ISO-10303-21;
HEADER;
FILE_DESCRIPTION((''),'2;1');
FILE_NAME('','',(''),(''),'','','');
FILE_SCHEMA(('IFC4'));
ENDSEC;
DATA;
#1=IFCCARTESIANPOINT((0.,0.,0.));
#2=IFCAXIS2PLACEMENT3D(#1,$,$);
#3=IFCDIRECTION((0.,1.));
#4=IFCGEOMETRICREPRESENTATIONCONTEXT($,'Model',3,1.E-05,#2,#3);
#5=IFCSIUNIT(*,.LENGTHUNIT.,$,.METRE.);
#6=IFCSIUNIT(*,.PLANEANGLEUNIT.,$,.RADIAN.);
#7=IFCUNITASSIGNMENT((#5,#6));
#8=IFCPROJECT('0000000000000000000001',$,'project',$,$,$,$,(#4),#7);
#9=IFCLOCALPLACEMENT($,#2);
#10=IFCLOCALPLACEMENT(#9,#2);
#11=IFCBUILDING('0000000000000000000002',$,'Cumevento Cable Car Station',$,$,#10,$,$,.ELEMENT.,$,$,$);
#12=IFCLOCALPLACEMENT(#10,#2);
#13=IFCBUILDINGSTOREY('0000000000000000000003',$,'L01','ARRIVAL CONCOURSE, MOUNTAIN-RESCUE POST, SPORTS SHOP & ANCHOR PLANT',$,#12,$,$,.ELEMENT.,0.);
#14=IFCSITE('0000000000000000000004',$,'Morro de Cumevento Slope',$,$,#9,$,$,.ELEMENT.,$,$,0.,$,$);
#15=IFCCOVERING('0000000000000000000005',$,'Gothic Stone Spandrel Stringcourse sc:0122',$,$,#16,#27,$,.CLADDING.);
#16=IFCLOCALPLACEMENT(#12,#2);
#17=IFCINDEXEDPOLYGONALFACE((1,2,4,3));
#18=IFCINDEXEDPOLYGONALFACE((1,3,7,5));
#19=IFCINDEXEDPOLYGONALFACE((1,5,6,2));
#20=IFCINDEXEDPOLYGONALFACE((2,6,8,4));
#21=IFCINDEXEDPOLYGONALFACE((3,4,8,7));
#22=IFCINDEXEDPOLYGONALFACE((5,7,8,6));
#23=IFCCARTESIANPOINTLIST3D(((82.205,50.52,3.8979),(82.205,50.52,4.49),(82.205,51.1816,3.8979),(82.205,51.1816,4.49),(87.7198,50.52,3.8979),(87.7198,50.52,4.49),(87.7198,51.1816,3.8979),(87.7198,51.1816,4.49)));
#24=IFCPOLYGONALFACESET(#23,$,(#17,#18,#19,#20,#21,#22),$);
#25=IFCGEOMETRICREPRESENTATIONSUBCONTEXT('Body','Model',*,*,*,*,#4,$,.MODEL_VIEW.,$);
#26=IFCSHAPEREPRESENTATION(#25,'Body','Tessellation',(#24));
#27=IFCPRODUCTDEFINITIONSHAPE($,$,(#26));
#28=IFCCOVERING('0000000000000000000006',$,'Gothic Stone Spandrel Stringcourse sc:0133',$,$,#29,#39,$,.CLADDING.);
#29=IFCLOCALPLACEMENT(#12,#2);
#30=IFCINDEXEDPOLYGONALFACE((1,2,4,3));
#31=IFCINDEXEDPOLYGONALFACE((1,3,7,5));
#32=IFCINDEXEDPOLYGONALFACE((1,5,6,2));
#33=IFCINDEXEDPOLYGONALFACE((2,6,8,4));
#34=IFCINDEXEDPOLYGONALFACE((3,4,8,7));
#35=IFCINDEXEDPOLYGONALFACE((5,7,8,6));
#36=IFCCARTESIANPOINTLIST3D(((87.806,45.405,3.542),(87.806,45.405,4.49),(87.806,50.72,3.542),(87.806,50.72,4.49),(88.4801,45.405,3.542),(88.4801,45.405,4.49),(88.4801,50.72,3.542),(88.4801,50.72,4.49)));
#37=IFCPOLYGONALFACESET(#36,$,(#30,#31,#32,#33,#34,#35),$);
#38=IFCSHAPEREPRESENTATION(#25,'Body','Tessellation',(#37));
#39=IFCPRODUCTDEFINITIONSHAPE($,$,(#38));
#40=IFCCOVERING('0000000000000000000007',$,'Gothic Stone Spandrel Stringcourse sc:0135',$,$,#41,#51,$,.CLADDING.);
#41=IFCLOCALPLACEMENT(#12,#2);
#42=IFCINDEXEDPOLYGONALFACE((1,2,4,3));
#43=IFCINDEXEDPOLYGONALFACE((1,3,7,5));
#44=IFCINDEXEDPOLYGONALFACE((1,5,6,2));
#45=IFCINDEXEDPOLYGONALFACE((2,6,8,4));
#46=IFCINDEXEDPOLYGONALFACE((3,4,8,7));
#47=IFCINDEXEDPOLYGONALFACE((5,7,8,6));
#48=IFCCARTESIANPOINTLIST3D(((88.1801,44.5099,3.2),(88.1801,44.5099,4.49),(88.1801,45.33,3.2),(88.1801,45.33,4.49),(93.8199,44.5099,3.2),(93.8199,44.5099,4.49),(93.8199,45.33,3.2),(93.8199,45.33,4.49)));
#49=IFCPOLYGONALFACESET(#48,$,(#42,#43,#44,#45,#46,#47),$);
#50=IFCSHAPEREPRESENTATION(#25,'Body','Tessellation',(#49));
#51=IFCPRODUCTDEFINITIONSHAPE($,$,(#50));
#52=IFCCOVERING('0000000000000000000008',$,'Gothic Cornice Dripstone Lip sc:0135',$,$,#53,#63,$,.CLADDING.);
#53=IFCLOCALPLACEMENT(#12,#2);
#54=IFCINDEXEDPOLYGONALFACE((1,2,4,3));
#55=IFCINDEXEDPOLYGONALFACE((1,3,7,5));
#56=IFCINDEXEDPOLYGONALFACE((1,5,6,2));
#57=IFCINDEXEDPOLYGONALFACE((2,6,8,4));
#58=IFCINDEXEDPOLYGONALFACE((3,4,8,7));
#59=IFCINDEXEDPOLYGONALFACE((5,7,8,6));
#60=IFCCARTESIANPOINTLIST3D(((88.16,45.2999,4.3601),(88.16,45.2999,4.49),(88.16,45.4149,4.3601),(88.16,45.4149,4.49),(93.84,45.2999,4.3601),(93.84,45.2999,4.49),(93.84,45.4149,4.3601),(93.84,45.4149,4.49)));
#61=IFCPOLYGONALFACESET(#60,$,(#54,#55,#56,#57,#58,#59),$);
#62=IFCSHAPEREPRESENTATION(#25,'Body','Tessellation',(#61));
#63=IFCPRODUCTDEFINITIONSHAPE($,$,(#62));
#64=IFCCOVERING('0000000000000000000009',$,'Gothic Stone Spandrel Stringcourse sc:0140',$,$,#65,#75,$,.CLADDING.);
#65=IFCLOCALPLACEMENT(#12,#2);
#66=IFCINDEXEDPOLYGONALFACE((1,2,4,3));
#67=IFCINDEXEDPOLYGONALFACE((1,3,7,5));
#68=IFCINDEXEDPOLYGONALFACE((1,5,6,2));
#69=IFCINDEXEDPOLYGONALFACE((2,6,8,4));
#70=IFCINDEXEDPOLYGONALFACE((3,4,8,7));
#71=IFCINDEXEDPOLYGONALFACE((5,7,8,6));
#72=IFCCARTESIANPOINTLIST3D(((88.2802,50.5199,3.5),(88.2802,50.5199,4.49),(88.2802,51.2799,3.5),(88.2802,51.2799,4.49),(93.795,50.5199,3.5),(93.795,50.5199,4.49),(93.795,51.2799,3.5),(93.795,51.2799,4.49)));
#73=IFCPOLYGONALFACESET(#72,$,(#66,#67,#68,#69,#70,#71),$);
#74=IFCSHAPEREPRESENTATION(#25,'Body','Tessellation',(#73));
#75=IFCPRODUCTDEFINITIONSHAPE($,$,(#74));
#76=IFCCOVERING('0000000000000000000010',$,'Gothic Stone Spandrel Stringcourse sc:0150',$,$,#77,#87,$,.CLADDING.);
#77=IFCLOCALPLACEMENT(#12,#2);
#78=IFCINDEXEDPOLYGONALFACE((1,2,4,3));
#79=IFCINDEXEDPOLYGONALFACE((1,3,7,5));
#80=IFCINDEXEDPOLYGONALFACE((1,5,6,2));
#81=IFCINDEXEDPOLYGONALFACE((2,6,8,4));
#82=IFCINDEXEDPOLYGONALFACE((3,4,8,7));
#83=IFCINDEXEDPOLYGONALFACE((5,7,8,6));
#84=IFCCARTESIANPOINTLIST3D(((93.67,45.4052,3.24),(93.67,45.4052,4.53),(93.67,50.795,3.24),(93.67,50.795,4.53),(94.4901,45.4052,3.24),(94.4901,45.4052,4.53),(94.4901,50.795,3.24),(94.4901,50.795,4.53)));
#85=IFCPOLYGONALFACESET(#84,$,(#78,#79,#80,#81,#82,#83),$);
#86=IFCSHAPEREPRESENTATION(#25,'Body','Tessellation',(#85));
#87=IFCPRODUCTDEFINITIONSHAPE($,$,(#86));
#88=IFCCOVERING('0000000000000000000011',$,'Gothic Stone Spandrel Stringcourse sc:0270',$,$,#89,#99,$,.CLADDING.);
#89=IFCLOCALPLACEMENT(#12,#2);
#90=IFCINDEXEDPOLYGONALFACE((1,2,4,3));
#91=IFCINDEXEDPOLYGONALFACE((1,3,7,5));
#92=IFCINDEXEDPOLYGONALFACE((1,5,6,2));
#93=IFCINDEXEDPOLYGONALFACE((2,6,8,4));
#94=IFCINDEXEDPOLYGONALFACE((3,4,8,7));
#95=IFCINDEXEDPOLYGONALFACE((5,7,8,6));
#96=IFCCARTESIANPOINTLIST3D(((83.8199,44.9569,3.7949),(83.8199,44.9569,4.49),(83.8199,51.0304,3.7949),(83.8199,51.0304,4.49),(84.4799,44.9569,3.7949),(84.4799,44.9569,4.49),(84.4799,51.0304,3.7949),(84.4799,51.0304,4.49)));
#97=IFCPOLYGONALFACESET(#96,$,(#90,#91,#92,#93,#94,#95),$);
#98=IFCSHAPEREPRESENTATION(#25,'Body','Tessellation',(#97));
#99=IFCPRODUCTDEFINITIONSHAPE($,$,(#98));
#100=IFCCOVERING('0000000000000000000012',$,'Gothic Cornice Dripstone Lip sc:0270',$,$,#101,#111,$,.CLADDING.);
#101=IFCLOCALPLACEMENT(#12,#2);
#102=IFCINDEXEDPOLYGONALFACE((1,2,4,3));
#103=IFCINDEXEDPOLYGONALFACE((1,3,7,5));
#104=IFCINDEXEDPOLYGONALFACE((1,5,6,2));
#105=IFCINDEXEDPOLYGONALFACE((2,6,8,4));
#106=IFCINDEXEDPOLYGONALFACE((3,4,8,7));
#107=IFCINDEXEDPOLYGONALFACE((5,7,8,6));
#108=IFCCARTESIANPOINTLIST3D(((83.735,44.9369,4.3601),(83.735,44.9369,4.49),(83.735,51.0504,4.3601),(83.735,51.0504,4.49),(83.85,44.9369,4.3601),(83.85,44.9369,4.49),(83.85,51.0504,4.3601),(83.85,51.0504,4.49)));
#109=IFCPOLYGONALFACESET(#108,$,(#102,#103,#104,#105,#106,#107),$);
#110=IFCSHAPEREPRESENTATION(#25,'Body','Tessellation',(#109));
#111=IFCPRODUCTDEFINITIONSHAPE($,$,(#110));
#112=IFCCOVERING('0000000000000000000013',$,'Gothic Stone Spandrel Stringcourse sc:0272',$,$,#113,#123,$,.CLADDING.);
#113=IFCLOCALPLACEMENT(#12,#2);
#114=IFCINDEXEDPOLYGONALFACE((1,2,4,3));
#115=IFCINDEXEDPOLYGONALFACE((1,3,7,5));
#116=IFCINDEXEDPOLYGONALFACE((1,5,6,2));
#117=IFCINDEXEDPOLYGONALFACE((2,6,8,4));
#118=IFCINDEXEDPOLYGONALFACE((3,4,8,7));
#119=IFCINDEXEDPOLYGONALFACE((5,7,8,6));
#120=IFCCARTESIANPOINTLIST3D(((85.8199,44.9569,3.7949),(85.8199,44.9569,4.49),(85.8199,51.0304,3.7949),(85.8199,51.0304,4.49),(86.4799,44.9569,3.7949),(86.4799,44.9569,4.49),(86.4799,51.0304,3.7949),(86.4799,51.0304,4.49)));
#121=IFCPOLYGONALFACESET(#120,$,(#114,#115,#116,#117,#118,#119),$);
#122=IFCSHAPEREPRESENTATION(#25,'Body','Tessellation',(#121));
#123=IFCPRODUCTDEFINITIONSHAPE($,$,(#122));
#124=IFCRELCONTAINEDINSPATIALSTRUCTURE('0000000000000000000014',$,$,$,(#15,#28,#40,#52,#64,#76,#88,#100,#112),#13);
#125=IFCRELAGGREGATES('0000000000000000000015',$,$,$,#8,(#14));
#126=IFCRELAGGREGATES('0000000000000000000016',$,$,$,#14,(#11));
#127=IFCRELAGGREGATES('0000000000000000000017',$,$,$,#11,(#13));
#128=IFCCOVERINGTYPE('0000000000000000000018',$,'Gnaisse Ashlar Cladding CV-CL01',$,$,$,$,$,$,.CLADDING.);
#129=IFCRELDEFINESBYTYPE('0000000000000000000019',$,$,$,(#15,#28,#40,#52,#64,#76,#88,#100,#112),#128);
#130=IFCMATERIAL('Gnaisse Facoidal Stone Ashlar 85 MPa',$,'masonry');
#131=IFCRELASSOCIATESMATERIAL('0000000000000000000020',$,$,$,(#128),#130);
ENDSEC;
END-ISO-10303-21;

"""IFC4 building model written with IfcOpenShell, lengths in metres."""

from ifc_helpers import new_model, si_unit, direction, frame, origin, origin_2d, place, context, subcontext, project, spatial, rectangle, extrude, material, type_object, element, save


model = new_model("IFC4")

# Units and contexts
model_context = context("Model", 3, precision=1e-05, world=origin(), true_north=direction((0.0, 1.0)))
body_context = subcontext(model_context, "Body", "Model", "MODEL_VIEW")
ifc_project = project(units=[si_unit("LENGTHUNIT", "METRE"), si_unit("PLANEANGLEUNIT", "RADIAN")], contexts=[model_context])

# Site, building, storey
site_placement = place(None, origin())
site = spatial("IfcSite", under=ifc_project, at=site_placement, Name="Morro de Cumevento Slope", CompositionType="ELEMENT", RefElevation=0.0)
building_placement = place(site_placement, origin())
building = spatial("IfcBuilding", under=site, at=building_placement, Name="Cumevento Cable Car Station", CompositionType="ELEMENT")
storey_placement = place(building_placement, origin())
storey = spatial("IfcBuildingStorey", under=building, at=storey_placement, Name="L01", Description="ARRIVAL CONCOURSE, MOUNTAIN-RESCUE POST, SPORTS SHOP & ANCHOR PLANT", CompositionType="ELEMENT", Elevation=0.0)

# Coverings
ifc_material_1 = material(Name="Gnaisse Facoidal Stone Ashlar 85 MPa", Category="masonry")
covering_type = type_object("IfcCoveringType", Name="Gnaisse Ashlar Cladding CV-CL01", PredefinedType="CLADDING", material=ifc_material_1)
covering_1_placement = place(storey_placement, frame((84.9624, 50.8508, 3.8979), z_axis=(0.0, 0.0, 1.0), x_axis=(1.0, 0.0, 0.0)))
element("IfcCovering", 1, at=covering_1_placement, inside=storey, type_object=covering_type, Name="Gothic Stone Spandrel Stringcourse sc:0122", PredefinedType="CLADDING", context=body_context, shape_type="SweptSolid", body=[
    extrude(rectangle(XDim=5.5149, YDim=0.6616, at=origin_2d()), origin(), (0.0, 0.0, 1.0), 0.592),
])
covering_2_placement = place(storey_placement, frame((88.1431, 48.0625, 3.542), z_axis=(0.0, 0.0, 1.0), x_axis=(0.0, 1.0, 0.0)))
element("IfcCovering", 2, at=covering_2_placement, inside=storey, type_object=covering_type, Name="Gothic Stone Spandrel Stringcourse sc:0133", PredefinedType="CLADDING", context=body_context, shape_type="SweptSolid", body=[
    extrude(rectangle(XDim=5.3149, YDim=0.6741, at=origin_2d()), origin(), (0.0, 0.0, 1.0), 0.948),
])
covering_3_placement = place(storey_placement, frame((91.0, 44.9199, 3.2), z_axis=(0.0, 0.0, 1.0), x_axis=(1.0, 0.0, 0.0)))
element("IfcCovering", 3, at=covering_3_placement, inside=storey, type_object=covering_type, Name="Gothic Stone Spandrel Stringcourse sc:0135", PredefinedType="CLADDING", context=body_context, shape_type="SweptSolid", body=[
    extrude(rectangle(XDim=5.6399, YDim=0.8201, at=origin_2d()), origin(), (0.0, 0.0, 1.0), 1.29),
])
covering_4_placement = place(storey_placement, frame((91.0, 45.3574, 4.3601), z_axis=(0.0, 0.0, 1.0), x_axis=(1.0, 0.0, 0.0)))
element("IfcCovering", 4, at=covering_4_placement, inside=storey, type_object=covering_type, Name="Gothic Cornice Dripstone Lip sc:0135", PredefinedType="CLADDING", context=body_context, shape_type="SweptSolid", body=[
    extrude(rectangle(XDim=5.6799, YDim=0.115, at=origin_2d()), origin(), (0.0, 0.0, 1.0), 0.1299),
])
covering_5_placement = place(storey_placement, frame((91.0376, 50.8999, 3.5), z_axis=(0.0, 0.0, 1.0), x_axis=(1.0, 0.0, 0.0)))
element("IfcCovering", 5, at=covering_5_placement, inside=storey, type_object=covering_type, Name="Gothic Stone Spandrel Stringcourse sc:0140", PredefinedType="CLADDING", context=body_context, shape_type="SweptSolid", body=[
    extrude(rectangle(XDim=5.5149, YDim=0.76, at=origin_2d()), origin(), (0.0, 0.0, 1.0), 0.99),
])
covering_6_placement = place(storey_placement, frame((94.0801, 48.1001, 3.24), z_axis=(0.0, 0.0, 1.0), x_axis=(0.0, 1.0, 0.0)))
element("IfcCovering", 6, at=covering_6_placement, inside=storey, type_object=covering_type, Name="Gothic Stone Spandrel Stringcourse sc:0150", PredefinedType="CLADDING", context=body_context, shape_type="SweptSolid", body=[
    extrude(rectangle(XDim=5.3899, YDim=0.8201, at=origin_2d()), origin(), (0.0, 0.0, 1.0), 1.29),
])
covering_7_placement = place(storey_placement, frame((84.1499, 47.9937, 3.7949), z_axis=(0.0, 0.0, 1.0), x_axis=(0.0, 1.0, 0.0)))
element("IfcCovering", 7, at=covering_7_placement, inside=storey, type_object=covering_type, Name="Gothic Stone Spandrel Stringcourse sc:0270", PredefinedType="CLADDING", context=body_context, shape_type="SweptSolid", body=[
    extrude(rectangle(XDim=6.0735, YDim=0.6599, at=origin_2d()), origin(), (0.0, 0.0, 1.0), 0.6951),
])
covering_8_placement = place(storey_placement, frame((83.7925, 47.9937, 4.3601), z_axis=(0.0, 0.0, 1.0), x_axis=(0.0, 1.0, 0.0)))
element("IfcCovering", 8, at=covering_8_placement, inside=storey, type_object=covering_type, Name="Gothic Cornice Dripstone Lip sc:0270", PredefinedType="CLADDING", context=body_context, shape_type="SweptSolid", body=[
    extrude(rectangle(XDim=6.1135, YDim=0.115, at=origin_2d()), origin(), (0.0, 0.0, 1.0), 0.1299),
])
covering_9_placement = place(storey_placement, frame((86.1499, 47.9937, 3.7949), z_axis=(0.0, 0.0, 1.0), x_axis=(0.0, 1.0, 0.0)))
element("IfcCovering", 9, at=covering_9_placement, inside=storey, type_object=covering_type, Name="Gothic Stone Spandrel Stringcourse sc:0272", PredefinedType="CLADDING", context=body_context, shape_type="SweptSolid", body=[
    extrude(rectangle(XDim=6.0735, YDim=0.6599, at=origin_2d()), origin(), (0.0, 0.0, 1.0), 0.6951),
])

save(model, "model.ifc")
